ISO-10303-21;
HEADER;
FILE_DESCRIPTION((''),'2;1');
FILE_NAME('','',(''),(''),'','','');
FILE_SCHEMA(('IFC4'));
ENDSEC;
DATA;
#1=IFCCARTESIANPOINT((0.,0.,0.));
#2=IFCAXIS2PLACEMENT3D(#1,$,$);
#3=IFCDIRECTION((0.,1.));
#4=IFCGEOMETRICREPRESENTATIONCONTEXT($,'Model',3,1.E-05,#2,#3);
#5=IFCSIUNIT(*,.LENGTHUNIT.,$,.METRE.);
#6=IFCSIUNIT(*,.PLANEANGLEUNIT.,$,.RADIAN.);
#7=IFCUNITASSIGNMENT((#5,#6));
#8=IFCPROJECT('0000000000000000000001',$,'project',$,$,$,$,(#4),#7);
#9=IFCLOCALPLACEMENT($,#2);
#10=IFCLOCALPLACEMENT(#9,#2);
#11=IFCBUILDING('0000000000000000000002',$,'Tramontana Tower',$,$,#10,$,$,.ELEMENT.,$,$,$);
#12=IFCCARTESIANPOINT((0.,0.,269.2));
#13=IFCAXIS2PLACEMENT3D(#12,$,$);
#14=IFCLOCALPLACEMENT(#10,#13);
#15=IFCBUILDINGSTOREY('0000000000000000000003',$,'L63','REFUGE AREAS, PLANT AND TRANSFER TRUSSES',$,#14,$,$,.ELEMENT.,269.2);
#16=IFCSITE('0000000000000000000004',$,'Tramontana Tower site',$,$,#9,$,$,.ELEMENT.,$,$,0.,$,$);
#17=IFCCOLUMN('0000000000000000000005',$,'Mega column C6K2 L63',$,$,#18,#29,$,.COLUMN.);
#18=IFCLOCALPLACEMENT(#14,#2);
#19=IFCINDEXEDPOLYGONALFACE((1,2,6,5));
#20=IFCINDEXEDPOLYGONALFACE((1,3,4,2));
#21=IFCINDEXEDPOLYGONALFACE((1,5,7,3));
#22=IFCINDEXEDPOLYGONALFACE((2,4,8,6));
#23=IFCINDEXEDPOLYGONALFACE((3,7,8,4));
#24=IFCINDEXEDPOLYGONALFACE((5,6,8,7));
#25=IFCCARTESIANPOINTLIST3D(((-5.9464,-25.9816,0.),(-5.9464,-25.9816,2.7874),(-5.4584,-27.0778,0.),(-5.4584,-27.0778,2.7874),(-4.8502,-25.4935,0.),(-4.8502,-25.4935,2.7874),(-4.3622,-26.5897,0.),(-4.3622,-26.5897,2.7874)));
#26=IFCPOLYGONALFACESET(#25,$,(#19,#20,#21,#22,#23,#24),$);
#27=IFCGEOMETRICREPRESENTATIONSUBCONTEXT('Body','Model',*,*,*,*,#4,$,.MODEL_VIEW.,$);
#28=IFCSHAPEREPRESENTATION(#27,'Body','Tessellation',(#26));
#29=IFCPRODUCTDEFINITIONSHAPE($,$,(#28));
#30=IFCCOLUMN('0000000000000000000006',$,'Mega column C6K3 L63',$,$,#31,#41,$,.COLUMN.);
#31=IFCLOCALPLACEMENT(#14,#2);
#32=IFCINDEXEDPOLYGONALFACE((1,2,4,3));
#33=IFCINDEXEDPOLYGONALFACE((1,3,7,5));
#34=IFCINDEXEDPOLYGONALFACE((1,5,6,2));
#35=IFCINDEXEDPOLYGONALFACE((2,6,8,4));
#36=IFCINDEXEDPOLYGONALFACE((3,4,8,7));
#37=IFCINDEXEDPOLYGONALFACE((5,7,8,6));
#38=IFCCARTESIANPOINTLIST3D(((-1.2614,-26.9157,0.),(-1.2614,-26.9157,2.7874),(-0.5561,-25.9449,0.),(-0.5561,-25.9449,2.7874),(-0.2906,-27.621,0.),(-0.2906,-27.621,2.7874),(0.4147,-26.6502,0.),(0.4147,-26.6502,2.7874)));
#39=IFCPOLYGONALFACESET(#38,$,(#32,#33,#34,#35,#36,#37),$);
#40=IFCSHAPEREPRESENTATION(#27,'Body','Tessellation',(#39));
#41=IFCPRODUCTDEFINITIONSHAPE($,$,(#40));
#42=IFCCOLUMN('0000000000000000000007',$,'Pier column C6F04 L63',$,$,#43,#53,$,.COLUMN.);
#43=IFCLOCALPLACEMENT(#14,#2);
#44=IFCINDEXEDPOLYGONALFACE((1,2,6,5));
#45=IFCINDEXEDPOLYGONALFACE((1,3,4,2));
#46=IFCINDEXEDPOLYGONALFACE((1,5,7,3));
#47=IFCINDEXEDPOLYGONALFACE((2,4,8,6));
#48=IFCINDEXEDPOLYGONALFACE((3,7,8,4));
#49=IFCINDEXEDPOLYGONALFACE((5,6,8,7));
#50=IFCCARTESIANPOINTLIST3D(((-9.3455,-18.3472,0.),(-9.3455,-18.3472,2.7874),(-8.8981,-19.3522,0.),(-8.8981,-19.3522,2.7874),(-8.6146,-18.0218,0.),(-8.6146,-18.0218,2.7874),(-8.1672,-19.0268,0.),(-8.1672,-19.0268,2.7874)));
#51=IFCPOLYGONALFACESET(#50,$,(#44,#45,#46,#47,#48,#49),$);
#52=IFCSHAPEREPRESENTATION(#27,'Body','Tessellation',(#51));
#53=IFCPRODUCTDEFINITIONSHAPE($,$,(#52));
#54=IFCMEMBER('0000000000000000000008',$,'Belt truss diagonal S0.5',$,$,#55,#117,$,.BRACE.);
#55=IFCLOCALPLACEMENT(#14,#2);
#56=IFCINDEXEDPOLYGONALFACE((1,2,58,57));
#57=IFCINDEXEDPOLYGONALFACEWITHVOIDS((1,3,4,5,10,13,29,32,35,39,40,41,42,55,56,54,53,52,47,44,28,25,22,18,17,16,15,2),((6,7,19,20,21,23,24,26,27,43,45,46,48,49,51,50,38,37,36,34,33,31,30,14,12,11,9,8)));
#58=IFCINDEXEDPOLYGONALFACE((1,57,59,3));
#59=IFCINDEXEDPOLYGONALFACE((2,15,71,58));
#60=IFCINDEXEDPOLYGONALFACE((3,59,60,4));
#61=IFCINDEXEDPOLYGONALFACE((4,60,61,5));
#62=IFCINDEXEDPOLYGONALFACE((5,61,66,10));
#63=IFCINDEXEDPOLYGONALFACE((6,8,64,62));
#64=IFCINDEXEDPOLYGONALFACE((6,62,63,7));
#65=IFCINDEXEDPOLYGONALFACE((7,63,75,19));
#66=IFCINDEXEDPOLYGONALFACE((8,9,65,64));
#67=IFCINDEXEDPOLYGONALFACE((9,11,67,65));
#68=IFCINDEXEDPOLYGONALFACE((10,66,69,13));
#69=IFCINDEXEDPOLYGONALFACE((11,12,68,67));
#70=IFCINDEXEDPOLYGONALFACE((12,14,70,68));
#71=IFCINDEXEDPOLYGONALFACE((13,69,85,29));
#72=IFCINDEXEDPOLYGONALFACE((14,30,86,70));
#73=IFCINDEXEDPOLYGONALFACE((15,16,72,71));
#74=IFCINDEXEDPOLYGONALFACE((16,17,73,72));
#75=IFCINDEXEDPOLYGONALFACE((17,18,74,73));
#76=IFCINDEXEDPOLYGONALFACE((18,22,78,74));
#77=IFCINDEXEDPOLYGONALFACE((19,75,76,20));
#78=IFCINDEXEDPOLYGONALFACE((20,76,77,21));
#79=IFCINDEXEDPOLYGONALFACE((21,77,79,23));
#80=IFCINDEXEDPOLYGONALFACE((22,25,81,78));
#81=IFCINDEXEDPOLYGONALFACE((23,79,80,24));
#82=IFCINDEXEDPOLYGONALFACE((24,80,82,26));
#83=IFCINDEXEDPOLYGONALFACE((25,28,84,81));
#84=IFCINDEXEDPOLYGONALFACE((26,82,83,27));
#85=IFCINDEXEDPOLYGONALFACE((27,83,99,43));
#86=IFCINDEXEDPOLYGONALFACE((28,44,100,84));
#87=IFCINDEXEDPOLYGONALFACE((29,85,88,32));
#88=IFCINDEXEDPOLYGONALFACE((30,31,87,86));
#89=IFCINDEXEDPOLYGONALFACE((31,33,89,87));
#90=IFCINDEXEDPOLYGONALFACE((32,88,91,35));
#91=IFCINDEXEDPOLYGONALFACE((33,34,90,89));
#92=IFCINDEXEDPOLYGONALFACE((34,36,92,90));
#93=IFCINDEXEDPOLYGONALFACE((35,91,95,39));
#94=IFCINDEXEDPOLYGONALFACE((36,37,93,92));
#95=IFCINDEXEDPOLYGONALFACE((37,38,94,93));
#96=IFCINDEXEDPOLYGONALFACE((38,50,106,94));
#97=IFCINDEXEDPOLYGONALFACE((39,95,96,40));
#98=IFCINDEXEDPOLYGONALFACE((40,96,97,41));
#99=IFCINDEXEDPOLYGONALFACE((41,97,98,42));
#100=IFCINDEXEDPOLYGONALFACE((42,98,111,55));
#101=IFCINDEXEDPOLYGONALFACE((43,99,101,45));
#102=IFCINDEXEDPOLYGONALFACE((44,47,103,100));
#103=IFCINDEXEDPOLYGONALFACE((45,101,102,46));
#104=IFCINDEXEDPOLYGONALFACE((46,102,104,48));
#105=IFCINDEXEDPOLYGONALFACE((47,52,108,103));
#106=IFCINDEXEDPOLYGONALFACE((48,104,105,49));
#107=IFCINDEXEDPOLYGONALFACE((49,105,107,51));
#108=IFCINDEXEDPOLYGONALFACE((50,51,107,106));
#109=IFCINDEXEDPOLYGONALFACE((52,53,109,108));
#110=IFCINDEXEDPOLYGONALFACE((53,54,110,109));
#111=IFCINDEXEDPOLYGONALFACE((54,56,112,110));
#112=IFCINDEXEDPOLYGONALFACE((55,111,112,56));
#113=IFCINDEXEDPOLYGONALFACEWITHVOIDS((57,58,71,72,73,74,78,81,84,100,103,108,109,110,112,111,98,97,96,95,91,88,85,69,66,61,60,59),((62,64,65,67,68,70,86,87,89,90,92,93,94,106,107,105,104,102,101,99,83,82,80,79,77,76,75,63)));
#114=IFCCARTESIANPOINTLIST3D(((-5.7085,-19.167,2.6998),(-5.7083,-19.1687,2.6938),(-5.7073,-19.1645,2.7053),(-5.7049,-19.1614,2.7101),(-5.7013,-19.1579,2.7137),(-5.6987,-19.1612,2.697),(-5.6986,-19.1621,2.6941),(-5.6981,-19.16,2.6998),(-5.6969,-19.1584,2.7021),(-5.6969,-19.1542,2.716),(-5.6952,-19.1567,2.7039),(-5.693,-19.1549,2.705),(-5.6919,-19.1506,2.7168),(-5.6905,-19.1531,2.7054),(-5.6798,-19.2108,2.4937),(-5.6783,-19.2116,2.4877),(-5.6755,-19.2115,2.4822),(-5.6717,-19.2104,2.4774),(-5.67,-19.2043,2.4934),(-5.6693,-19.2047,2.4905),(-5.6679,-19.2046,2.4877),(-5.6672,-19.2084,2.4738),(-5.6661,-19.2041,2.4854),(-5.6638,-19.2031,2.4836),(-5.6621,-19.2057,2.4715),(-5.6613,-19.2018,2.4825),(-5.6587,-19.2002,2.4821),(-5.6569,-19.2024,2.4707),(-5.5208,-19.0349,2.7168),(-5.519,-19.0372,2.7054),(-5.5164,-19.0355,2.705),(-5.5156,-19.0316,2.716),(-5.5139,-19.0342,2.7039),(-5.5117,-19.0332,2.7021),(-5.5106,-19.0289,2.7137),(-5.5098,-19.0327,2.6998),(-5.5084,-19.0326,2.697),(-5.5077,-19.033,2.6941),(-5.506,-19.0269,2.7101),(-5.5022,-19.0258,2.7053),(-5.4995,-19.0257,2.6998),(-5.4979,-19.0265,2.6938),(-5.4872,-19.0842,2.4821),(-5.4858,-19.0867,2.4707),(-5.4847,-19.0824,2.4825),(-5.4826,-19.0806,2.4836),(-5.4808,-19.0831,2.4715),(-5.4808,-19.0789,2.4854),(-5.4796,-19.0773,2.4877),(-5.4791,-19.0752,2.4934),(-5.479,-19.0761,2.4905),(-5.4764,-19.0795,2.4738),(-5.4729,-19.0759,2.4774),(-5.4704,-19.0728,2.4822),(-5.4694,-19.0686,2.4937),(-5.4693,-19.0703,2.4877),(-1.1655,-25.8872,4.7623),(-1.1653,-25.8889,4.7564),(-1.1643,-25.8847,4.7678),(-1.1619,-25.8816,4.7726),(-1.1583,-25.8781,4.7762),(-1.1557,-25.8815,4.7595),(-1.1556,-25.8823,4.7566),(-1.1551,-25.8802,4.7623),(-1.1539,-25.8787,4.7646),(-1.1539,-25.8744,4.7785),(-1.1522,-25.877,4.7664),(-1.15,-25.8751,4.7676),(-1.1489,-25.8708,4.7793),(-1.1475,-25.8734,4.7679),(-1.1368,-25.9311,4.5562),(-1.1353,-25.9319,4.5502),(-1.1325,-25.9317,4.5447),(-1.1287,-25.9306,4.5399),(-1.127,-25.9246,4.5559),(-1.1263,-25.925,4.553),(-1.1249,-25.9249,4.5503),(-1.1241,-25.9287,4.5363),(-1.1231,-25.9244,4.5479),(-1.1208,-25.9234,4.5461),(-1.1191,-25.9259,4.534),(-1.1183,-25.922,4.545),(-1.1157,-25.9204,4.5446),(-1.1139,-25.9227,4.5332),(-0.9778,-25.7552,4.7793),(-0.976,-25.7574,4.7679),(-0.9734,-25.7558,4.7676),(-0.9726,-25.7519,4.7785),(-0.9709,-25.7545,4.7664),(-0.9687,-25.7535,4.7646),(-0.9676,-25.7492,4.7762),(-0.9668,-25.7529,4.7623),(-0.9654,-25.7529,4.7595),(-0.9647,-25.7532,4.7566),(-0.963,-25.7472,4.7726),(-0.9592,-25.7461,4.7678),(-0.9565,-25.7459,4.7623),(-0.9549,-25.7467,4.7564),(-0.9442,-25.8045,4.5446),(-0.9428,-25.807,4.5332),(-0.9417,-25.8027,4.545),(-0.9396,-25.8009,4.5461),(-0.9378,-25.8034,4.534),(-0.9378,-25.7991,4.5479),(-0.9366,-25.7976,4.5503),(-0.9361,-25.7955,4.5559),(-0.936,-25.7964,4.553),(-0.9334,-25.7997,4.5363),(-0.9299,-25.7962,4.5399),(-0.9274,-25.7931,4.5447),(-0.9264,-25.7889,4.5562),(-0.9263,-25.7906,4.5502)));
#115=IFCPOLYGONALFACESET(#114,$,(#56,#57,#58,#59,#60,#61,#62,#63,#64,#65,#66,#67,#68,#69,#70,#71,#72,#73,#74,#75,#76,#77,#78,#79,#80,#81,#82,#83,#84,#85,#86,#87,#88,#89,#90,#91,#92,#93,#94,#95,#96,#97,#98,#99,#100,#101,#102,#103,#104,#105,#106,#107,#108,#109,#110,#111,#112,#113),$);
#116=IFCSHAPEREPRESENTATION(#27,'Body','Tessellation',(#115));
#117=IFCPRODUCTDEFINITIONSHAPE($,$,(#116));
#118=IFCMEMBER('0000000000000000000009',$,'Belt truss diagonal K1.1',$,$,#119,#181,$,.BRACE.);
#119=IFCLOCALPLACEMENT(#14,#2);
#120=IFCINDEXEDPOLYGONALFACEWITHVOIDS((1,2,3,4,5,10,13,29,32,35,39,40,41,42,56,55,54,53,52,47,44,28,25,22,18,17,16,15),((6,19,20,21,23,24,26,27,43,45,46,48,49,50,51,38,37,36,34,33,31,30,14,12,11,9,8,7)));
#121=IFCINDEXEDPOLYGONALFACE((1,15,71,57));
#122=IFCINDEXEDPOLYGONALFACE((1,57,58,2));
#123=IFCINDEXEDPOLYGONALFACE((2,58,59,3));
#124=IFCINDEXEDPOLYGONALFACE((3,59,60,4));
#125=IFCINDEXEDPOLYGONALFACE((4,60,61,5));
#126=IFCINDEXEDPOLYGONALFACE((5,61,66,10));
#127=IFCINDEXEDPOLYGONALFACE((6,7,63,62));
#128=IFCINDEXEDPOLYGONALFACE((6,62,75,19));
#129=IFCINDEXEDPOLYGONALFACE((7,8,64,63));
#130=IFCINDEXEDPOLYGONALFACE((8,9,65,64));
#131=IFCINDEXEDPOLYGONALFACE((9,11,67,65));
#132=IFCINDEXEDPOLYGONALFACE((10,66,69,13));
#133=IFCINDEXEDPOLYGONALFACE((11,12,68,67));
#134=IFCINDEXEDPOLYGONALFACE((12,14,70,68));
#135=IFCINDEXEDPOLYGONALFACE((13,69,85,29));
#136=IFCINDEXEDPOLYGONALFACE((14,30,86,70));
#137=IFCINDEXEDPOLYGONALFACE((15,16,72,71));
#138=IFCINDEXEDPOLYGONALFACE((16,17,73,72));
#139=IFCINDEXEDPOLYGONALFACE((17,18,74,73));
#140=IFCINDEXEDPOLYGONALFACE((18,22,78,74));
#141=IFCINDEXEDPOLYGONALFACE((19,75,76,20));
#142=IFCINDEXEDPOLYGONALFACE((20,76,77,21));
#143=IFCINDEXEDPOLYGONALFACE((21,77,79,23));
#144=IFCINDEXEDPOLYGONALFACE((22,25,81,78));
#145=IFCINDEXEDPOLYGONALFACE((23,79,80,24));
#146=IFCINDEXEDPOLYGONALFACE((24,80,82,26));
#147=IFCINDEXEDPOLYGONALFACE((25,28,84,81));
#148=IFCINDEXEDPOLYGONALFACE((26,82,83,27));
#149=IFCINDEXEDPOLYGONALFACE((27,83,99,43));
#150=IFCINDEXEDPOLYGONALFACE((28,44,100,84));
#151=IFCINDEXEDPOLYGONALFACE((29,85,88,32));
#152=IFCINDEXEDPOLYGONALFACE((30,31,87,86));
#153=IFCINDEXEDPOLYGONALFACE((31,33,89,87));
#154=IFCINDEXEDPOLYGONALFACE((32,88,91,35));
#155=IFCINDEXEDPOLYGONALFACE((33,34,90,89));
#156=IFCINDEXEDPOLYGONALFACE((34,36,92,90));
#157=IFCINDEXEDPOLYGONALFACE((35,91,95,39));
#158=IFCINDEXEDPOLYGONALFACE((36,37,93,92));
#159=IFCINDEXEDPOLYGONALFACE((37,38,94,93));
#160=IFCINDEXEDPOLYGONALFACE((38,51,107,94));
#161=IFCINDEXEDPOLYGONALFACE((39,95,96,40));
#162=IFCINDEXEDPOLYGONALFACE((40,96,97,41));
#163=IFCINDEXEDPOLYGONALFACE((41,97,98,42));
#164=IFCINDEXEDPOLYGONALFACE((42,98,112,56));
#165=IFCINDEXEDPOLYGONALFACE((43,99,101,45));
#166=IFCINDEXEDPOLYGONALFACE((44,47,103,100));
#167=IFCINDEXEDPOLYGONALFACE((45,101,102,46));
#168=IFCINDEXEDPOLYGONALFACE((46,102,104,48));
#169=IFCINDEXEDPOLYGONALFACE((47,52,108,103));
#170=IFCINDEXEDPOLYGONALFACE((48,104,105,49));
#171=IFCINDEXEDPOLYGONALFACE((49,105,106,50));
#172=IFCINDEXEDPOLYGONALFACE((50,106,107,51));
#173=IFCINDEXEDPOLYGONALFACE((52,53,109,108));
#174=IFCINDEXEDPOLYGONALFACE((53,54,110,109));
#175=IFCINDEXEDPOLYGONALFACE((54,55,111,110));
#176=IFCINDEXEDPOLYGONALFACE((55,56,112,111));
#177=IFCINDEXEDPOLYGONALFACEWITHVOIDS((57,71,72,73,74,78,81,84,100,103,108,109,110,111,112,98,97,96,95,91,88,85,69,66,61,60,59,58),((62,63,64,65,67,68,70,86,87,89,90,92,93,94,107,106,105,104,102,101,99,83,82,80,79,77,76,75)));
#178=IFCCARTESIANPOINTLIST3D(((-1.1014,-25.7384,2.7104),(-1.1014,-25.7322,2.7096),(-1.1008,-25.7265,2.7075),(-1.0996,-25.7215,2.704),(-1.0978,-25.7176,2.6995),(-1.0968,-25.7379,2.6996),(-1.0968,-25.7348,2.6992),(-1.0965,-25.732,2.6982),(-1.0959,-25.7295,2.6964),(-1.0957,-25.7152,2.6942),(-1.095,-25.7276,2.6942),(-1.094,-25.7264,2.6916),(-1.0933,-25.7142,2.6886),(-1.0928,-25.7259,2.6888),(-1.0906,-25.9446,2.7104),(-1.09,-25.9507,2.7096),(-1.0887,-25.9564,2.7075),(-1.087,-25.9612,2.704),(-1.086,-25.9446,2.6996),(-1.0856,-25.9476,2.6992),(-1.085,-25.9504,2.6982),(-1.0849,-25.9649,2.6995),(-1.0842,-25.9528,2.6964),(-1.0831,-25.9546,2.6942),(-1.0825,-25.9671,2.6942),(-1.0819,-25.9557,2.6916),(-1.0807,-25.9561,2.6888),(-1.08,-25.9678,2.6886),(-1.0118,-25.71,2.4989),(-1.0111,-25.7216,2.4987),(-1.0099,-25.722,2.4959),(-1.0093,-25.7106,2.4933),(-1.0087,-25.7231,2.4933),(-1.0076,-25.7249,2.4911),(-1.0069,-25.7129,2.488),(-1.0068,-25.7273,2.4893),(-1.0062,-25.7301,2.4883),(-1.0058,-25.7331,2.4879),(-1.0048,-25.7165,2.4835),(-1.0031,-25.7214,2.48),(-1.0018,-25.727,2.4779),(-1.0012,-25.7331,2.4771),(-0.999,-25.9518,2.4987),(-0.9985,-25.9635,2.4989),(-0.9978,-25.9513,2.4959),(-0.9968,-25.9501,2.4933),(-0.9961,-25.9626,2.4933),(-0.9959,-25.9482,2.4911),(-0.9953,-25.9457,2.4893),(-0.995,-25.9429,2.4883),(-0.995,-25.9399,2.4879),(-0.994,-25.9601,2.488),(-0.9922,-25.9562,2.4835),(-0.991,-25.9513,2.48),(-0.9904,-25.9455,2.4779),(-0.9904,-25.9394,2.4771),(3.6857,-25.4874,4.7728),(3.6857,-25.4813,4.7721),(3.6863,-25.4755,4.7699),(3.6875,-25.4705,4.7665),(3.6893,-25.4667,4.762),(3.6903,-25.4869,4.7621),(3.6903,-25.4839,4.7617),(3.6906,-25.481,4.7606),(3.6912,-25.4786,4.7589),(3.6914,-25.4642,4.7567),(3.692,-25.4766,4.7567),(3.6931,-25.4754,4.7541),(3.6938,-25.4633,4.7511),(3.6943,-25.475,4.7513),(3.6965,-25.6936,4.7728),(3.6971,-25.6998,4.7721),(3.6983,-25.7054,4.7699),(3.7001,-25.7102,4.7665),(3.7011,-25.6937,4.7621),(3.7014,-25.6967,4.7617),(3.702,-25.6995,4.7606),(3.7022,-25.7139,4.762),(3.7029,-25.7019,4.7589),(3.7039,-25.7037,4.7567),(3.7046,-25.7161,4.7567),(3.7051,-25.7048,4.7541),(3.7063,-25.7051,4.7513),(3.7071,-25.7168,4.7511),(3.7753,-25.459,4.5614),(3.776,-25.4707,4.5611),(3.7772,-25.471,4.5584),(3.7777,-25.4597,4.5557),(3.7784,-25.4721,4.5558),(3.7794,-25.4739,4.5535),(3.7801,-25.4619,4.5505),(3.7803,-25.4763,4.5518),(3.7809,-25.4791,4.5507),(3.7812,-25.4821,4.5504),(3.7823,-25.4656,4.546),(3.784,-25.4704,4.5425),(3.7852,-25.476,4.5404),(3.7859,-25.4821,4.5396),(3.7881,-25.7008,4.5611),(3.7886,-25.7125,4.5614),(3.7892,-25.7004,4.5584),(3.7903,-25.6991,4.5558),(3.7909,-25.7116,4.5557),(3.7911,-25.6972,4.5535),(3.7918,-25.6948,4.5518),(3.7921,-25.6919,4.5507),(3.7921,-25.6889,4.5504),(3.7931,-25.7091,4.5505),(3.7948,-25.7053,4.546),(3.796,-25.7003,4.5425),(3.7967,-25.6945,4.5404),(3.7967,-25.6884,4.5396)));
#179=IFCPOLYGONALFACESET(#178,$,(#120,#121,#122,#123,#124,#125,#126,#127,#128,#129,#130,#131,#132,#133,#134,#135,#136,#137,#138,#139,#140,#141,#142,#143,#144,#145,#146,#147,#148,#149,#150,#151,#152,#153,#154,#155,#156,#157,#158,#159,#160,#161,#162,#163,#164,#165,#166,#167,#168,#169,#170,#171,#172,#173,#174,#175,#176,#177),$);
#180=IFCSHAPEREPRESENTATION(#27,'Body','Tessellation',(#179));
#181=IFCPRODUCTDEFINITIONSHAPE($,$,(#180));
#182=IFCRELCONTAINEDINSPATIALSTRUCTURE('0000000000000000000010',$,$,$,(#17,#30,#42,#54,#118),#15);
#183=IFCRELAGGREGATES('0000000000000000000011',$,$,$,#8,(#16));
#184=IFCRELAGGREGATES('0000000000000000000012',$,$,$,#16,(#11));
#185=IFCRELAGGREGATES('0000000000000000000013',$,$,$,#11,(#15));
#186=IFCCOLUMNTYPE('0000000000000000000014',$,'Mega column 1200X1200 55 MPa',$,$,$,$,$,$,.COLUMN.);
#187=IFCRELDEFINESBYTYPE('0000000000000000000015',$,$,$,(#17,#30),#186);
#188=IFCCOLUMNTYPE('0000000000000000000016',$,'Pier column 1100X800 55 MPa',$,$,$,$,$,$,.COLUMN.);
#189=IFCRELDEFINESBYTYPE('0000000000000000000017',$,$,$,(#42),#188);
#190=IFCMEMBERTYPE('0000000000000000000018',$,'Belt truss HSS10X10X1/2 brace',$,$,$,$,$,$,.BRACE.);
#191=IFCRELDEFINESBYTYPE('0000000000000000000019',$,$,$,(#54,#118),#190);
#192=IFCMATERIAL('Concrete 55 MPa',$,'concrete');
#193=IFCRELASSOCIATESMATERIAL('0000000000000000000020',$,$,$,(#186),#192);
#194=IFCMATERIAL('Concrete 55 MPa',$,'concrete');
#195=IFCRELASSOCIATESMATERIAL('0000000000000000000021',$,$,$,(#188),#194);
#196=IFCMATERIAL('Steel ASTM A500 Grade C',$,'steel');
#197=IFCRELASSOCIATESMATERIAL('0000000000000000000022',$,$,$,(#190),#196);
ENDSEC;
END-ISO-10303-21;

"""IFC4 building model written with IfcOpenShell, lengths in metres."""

from ifc_helpers import new_model, si_unit, direction, frame, origin, origin_2d, place, context, subcontext, project, spatial, rectangle, hollow_rectangle, extrude, material, material_profile, profile_set, type_object, element, save


model = new_model("IFC4")

# Units and contexts
model_context = context("Model", 3, precision=1e-05, world=origin(), true_north=direction((0.0, 1.0)))
body_context = subcontext(model_context, "Body", "Model", "MODEL_VIEW")
ifc_project = project(units=[si_unit("LENGTHUNIT", "METRE"), si_unit("PLANEANGLEUNIT", "RADIAN")], contexts=[model_context])

# Site, building, storey
site_placement = place(None, origin())
site = spatial("IfcSite", under=ifc_project, at=site_placement, Name="Tramontana Tower site", CompositionType="ELEMENT", RefElevation=0.0)
building_placement = place(site_placement, origin())
building = spatial("IfcBuilding", under=site, at=building_placement, Name="Tramontana Tower", CompositionType="ELEMENT")
storey_placement = place(building_placement, frame((0.0, 0.0, 269.2)))
storey = spatial("IfcBuildingStorey", under=building, at=storey_placement, Name="L63", Description="REFUGE AREAS, PLANT AND TRANSFER TRUSSES", CompositionType="ELEMENT", Elevation=269.2)

# Columns
ifc_material_1 = material(Name="Concrete 55 MPa", Category="concrete")
ifc_material_profile_1 = material_profile(ifc_material_1, rectangle(XDim=1.2, YDim=1.2, at=origin_2d()), Name="Mega column 1200X1200 55 MPa")
ifc_profile_set_1 = profile_set([ifc_material_profile_1], Name="Concrete 55 MPa")
column_type_1 = type_object("IfcColumnType", Name="Mega column 1200X1200 55 MPa", PredefinedType="COLUMN", material=ifc_profile_set_1)
for number, where, z_axis, x_axis, name in (
    (1, (-5.1543, -26.2856, 0.0), (0.0, 0.0, 1.0), (0.406737, -0.913545, 0.0), "Mega column C6K2 L63"),
    (2, (-0.4233, -26.783, 0.0), (0.0, 0.0, 1.0), (0.587785, 0.809017, 0.0), "Mega column C6K3 L63"),
):
    element("IfcColumn", number, at=place(storey_placement, frame(where, z_axis=z_axis, x_axis=x_axis)), inside=storey, type_object=column_type_1, Name=name, PredefinedType="COLUMN", context=body_context, shape_type="SweptSolid", body=[
        extrude(rectangle(XDim=1.2, YDim=1.2, at=origin_2d()), origin(), (0.0, 0.0, 1.0), 2.7874),
    ])
ifc_material_2 = material(Name="Concrete 55 MPa", Category="concrete")
ifc_material_profile_2 = material_profile(ifc_material_2, rectangle(XDim=1.1001, YDim=0.8, at=origin_2d()), Name="Pier column 1100X800 55 MPa")
ifc_profile_set_2 = profile_set([ifc_material_profile_2], Name="Concrete 55 MPa")
column_type_2 = type_object("IfcColumnType", Name="Pier column 1100X800 55 MPa", PredefinedType="COLUMN", material=ifc_profile_set_2)
column_placement = place(storey_placement, frame((-8.7563, -18.687, 0.0), z_axis=(0.0, 0.0, 1.0), x_axis=(0.406737, -0.913545, 0.0)))
element("IfcColumn", 3, at=column_placement, inside=storey, type_object=column_type_2, Name="Pier column C6F04 L63", PredefinedType="COLUMN", context=body_context, shape_type="SweptSolid", body=[
    extrude(rectangle(XDim=1.1001, YDim=0.8, at=origin_2d()), origin(), (0.0, 0.0, 1.0), 2.7874),
])

# Members
ifc_material_3 = material(Name="Steel ASTM A500 Grade C", Category="steel")
ifc_material_profile_3 = material_profile(ifc_material_3, hollow_rectangle(XDim=0.2539, YDim=0.2539, WallThickness=0.0117, InnerFilletRadius=0.0117, OuterFilletRadius=0.0237, at=origin_2d()), Name="HSS10X10X1/2")
ifc_profile_set_3 = profile_set([ifc_material_profile_3], Name="Steel ASTM A500 Grade C")
member_type_1 = type_object("IfcMemberType", Name="Belt truss HSS10X10X1/2 brace", PredefinedType="BRACE", material=ifc_profile_set_3)
member_1_placement = place(storey_placement, frame((-5.5889, -19.1187, 2.5938), z_axis=(0.54278, -0.802911, 0.246421), x_axis=(0.828458, 0.560051, 0.0)))
element("IfcMember", 4, at=member_1_placement, inside=storey, type_object=member_type_1, Name="Belt truss diagonal S0.5", PredefinedType="BRACE", context=body_context, shape_type="SweptSolid", body=[
    extrude(hollow_rectangle(XDim=0.2539, YDim=0.2539, WallThickness=0.0117, InnerFilletRadius=0.0117, OuterFilletRadius=0.0237, at=origin_2d()), origin(), (0.0, 0.0, 1.0), 8.3699),
])
member_2_placement = place(storey_placement, frame((-1.0459, -25.8389, 2.5938), z_axis=(0.917325, 0.048093, 0.395224), x_axis=(-0.052356, 0.998629, 0.0)))
element("IfcMember", 5, at=member_2_placement, inside=storey, type_object=member_type_1, Name="Belt truss diagonal K1.1", PredefinedType="BRACE", context=body_context, shape_type="SweptSolid", body=[
    extrude(hollow_rectangle(XDim=0.2539, YDim=0.2539, WallThickness=0.0117, InnerFilletRadius=0.0117, OuterFilletRadius=0.0237, at=origin_2d()), origin(), (0.0, 0.0, 1.0), 5.2185),
])

save(model, "model.ifc")
